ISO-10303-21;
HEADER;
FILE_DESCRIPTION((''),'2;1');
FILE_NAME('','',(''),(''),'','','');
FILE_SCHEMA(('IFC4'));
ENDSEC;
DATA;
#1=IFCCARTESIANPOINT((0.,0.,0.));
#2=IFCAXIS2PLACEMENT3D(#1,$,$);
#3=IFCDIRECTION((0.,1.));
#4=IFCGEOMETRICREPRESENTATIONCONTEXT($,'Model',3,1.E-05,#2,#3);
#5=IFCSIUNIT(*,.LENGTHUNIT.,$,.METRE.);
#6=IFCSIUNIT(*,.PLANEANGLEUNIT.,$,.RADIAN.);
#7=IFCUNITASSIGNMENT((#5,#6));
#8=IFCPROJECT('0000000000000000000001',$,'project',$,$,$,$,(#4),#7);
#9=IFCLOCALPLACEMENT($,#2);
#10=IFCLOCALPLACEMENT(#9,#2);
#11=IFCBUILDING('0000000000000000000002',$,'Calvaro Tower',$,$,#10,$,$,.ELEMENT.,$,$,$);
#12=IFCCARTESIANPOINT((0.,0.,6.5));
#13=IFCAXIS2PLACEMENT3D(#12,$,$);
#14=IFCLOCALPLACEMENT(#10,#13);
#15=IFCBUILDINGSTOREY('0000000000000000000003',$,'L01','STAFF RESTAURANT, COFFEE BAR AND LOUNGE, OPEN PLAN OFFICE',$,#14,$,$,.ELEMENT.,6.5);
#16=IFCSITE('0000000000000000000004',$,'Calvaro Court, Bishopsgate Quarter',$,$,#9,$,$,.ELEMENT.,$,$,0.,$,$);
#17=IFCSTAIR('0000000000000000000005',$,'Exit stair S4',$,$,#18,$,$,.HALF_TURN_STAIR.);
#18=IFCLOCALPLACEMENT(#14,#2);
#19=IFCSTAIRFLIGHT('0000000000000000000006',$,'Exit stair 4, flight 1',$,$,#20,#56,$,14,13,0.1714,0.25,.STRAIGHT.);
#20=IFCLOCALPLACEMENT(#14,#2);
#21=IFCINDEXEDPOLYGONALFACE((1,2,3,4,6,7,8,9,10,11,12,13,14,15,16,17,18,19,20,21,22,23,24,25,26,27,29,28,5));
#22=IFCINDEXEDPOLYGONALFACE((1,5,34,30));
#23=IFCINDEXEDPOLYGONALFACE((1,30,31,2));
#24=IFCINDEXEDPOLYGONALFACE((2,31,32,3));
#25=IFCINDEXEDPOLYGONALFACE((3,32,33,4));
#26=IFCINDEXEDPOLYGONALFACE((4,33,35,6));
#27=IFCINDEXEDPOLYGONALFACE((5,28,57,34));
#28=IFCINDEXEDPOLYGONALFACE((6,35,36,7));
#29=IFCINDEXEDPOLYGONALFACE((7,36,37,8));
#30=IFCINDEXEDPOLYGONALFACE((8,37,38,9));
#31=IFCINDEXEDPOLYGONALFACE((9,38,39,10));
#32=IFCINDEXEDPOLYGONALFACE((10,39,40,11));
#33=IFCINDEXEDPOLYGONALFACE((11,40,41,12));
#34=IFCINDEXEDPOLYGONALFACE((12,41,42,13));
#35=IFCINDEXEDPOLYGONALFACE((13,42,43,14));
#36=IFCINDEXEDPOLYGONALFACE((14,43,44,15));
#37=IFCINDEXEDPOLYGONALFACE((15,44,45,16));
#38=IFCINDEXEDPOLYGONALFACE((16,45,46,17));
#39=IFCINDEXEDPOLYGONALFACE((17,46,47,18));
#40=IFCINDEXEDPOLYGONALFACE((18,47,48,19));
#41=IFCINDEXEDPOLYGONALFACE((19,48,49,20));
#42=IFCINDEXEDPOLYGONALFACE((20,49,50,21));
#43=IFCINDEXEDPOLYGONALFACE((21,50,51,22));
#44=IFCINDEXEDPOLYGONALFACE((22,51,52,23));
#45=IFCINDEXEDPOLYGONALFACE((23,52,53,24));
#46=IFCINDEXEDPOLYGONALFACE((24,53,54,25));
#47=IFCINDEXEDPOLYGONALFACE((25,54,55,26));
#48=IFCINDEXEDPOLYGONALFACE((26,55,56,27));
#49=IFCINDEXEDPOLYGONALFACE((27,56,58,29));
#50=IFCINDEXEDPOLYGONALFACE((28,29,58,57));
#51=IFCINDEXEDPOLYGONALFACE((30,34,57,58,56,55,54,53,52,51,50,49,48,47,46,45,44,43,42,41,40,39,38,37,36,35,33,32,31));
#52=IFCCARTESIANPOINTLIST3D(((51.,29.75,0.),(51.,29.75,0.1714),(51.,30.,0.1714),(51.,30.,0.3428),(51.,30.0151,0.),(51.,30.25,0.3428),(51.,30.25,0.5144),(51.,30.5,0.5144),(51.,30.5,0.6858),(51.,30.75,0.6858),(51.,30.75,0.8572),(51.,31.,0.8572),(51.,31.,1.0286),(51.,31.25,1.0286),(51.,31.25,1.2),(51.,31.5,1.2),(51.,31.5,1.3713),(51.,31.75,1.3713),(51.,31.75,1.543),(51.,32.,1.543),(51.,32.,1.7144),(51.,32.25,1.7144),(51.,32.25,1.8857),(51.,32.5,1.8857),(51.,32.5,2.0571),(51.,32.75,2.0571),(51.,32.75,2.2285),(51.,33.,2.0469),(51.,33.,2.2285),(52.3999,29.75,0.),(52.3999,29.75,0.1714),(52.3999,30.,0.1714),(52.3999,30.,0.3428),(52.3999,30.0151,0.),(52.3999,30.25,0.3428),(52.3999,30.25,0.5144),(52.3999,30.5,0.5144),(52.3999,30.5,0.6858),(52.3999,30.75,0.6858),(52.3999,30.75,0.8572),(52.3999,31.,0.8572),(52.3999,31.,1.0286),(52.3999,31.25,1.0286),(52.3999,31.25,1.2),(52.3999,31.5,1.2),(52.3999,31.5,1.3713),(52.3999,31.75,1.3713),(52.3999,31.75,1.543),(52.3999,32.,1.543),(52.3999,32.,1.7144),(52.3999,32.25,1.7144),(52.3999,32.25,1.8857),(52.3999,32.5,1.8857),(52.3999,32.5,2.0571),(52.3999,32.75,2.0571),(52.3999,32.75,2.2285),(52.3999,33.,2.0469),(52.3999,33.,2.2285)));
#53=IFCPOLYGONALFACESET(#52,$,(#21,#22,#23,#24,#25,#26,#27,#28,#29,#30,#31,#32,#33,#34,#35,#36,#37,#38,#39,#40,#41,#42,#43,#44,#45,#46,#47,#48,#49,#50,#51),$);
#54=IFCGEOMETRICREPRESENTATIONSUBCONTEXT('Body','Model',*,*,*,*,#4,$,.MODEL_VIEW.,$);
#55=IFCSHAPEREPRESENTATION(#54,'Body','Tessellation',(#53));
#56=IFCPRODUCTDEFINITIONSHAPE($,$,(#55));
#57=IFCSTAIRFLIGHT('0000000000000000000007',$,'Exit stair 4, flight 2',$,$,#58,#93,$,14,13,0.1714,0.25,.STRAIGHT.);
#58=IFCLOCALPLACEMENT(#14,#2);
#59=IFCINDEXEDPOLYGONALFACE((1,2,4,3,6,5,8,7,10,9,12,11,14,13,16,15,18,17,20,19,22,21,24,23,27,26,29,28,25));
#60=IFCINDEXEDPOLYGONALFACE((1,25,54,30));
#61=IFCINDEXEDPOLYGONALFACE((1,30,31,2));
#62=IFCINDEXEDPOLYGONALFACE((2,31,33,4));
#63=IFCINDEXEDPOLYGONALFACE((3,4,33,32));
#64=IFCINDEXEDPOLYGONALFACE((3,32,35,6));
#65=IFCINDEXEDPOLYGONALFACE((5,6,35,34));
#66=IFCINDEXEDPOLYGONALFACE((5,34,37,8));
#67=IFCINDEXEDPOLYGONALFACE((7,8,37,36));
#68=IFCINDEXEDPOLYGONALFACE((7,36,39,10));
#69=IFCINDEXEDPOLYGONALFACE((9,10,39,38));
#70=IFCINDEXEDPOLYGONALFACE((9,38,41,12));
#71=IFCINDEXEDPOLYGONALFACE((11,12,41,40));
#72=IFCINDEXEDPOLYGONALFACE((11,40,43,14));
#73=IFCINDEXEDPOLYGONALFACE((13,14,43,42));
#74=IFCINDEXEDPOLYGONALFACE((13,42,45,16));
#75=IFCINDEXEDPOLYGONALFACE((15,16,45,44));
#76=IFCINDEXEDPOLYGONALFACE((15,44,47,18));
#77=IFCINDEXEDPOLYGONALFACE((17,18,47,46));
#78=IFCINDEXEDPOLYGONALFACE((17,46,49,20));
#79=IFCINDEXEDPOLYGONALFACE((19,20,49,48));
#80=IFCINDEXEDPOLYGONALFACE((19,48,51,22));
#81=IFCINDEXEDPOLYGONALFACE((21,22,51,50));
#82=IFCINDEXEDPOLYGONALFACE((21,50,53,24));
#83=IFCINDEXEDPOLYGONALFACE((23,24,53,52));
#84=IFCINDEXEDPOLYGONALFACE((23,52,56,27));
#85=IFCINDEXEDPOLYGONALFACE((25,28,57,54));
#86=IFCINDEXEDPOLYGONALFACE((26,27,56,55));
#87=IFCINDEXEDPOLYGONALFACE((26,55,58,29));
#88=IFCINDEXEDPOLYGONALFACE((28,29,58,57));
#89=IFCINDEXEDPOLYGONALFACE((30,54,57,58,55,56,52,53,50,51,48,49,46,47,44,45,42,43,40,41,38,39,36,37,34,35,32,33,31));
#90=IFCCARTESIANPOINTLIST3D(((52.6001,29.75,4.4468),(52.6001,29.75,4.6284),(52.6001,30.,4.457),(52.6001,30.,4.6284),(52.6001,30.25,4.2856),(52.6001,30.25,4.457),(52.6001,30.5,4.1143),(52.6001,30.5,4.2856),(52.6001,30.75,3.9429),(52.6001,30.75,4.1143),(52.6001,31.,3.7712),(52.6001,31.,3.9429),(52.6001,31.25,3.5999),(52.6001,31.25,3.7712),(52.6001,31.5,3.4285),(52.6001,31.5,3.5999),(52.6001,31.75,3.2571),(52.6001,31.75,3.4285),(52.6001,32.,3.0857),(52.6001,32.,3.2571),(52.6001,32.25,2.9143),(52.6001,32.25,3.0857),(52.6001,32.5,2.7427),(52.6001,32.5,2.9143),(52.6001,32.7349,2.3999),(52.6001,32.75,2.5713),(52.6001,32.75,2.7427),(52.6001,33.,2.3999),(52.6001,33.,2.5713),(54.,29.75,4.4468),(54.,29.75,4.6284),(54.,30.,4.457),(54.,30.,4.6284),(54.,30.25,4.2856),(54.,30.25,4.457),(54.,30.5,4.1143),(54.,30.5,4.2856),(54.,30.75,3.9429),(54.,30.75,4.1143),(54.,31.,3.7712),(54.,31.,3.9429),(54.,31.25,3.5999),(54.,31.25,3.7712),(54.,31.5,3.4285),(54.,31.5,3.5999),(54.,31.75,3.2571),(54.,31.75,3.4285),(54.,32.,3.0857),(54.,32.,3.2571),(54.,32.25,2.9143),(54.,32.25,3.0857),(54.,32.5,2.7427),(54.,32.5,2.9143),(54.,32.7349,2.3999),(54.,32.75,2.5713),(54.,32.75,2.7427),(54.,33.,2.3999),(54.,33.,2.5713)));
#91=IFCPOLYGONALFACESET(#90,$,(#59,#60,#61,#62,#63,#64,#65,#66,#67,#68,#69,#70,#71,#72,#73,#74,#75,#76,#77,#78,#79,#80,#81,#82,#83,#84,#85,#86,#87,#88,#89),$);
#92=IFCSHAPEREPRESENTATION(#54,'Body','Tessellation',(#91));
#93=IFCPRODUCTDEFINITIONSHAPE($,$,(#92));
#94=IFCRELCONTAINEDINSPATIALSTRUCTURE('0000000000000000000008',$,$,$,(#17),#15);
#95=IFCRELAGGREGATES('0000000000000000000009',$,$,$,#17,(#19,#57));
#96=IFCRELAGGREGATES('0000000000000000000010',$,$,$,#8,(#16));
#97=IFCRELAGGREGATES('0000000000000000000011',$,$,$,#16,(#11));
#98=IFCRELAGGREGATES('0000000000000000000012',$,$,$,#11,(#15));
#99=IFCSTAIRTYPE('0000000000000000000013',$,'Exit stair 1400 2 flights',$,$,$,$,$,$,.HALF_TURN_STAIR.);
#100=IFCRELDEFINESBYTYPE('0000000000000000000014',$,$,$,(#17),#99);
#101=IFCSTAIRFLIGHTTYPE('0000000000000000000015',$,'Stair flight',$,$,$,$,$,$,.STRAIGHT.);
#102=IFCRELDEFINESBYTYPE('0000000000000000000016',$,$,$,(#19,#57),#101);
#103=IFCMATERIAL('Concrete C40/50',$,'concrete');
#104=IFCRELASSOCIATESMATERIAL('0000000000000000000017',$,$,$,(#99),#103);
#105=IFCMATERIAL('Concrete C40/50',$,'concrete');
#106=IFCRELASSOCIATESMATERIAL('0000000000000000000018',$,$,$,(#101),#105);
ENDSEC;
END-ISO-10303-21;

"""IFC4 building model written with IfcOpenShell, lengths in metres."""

from ifc_helpers import new_model, si_unit, direction, frame, origin, place, context, subcontext, project, spatial, polyline, outline, extrude, material, type_object, element, aggregate, save


model = new_model("IFC4")

# Units and contexts
model_context = context("Model", 3, precision=1e-05, world=origin(), true_north=direction((0.0, 1.0)))
body_context = subcontext(model_context, "Body", "Model", "MODEL_VIEW")
ifc_project = project(units=[si_unit("LENGTHUNIT", "METRE"), si_unit("PLANEANGLEUNIT", "RADIAN")], contexts=[model_context])

# Site, building, storey
site_placement = place(None, origin())
site = spatial("IfcSite", under=ifc_project, at=site_placement, Name="Calvaro Court, Bishopsgate Quarter", CompositionType="ELEMENT", RefElevation=0.0)
building_placement = place(site_placement, origin())
building = spatial("IfcBuilding", under=site, at=building_placement, Name="Calvaro Tower", CompositionType="ELEMENT")
storey_placement = place(building_placement, frame((0.0, 0.0, 6.5)))
storey = spatial("IfcBuildingStorey", under=building, at=storey_placement, Name="L01", Description="STAFF RESTAURANT, COFFEE BAR AND LOUNGE, OPEN PLAN OFFICE", CompositionType="ELEMENT", Elevation=6.5)

# Stair, stair flights
ifc_material_1 = material(Name="Concrete C40/50", Category="concrete")
stair_type = type_object("IfcStairType", Name="Exit stair 1400 2 flights", PredefinedType="HALF_TURN_STAIR", material=ifc_material_1)
stair_placement = place(storey_placement, origin())
stair = element("IfcStair", 1, at=stair_placement, inside=storey, type_object=stair_type, Name="Exit stair S4", PredefinedType="HALF_TURN_STAIR")
ifc_material_2 = material(Name="Concrete C40/50", Category="concrete")
stair_flight_type = type_object("IfcStairFlightType", Name="Stair flight", PredefinedType="STRAIGHT", material=ifc_material_2)
stair_flight_1_placement = place(storey_placement, frame((51.7, 29.75, 0.0), z_axis=(0.0, 0.0, 1.0), x_axis=(0.0, 1.0, 0.0)))
stair_flight_1 = element("IfcStairFlight", 2, at=stair_flight_1_placement, type_object=stair_flight_type, Name="Exit stair 4, flight 1", NumberOfRisers=14, NumberOfTreads=13, PredefinedType="STRAIGHT", RiserHeight=0.1714, TreadLength=0.25, context=body_context, shape_type="SweptSolid", body=[
    extrude(outline(polyline([(0.0, 0.0), (0.0, 0.1714), (0.25, 0.1714), (0.25, 0.3428), (0.5, 0.3428), (0.5, 0.5144), (0.75, 0.5144), (0.75, 0.6858), (1.0, 0.6858), (1.0, 0.8572), (1.25, 0.8572), (1.25, 1.0286), (1.5, 1.0286), (1.5, 1.2), (1.75, 1.2), (1.75, 1.3713), (2.0, 1.3713), (2.0, 1.543), (2.25, 1.543), (2.25, 1.7144), (2.5, 1.7144), (2.5, 1.8857), (2.75, 1.8857), (2.75, 2.0571), (3.0, 2.0571), (3.0, 2.2285), (3.25, 2.2285), (3.25, 2.3999), (3.25, 2.0469), (0.2651, 0.0), (0.0, 0.0)])), frame((0.0, 0.7, 0.0), z_axis=(0.0, -1.0, 0.0), x_axis=(1.0, 0.0, 0.0)), (0.0, 0.0, 1.0), 1.3999),
])
stair_flight_2_placement = place(storey_placement, frame((53.3, 33.0, 2.3999), z_axis=(0.0, 0.0, 1.0), x_axis=(0.0, -1.0, 0.0)))
stair_flight_2 = element("IfcStairFlight", 3, at=stair_flight_2_placement, type_object=stair_flight_type, Name="Exit stair 4, flight 2", NumberOfRisers=14, NumberOfTreads=13, PredefinedType="STRAIGHT", RiserHeight=0.1714, TreadLength=0.25, context=body_context, shape_type="SweptSolid", body=[
    extrude(outline(polyline([(0.0, 0.0), (0.0, 0.1714), (0.25, 0.1714), (0.25, 0.3428), (0.5, 0.3428), (0.5, 0.5144), (0.75, 0.5144), (0.75, 0.6858), (1.0, 0.6858), (1.0, 0.8572), (1.25, 0.8572), (1.25, 1.0286), (1.5, 1.0286), (1.5, 1.2), (1.75, 1.2), (1.75, 1.3713), (2.0, 1.3713), (2.0, 1.543), (2.25, 1.543), (2.25, 1.7144), (2.5, 1.7144), (2.5, 1.8857), (2.75, 1.8857), (2.75, 2.0571), (3.0, 2.0571), (3.0, 2.2285), (3.25, 2.2285), (3.25, 2.3999), (3.25, 2.0469), (0.2651, 0.0), (0.0, 0.0)])), frame((0.0, 0.7, 0.0), z_axis=(0.0, -1.0, 0.0), x_axis=(1.0, 0.0, 0.0)), (0.0, 0.0, 1.0), 1.3999),
])
aggregate(stair, [stair_flight_1, stair_flight_2])

save(model, "model.ifc")
